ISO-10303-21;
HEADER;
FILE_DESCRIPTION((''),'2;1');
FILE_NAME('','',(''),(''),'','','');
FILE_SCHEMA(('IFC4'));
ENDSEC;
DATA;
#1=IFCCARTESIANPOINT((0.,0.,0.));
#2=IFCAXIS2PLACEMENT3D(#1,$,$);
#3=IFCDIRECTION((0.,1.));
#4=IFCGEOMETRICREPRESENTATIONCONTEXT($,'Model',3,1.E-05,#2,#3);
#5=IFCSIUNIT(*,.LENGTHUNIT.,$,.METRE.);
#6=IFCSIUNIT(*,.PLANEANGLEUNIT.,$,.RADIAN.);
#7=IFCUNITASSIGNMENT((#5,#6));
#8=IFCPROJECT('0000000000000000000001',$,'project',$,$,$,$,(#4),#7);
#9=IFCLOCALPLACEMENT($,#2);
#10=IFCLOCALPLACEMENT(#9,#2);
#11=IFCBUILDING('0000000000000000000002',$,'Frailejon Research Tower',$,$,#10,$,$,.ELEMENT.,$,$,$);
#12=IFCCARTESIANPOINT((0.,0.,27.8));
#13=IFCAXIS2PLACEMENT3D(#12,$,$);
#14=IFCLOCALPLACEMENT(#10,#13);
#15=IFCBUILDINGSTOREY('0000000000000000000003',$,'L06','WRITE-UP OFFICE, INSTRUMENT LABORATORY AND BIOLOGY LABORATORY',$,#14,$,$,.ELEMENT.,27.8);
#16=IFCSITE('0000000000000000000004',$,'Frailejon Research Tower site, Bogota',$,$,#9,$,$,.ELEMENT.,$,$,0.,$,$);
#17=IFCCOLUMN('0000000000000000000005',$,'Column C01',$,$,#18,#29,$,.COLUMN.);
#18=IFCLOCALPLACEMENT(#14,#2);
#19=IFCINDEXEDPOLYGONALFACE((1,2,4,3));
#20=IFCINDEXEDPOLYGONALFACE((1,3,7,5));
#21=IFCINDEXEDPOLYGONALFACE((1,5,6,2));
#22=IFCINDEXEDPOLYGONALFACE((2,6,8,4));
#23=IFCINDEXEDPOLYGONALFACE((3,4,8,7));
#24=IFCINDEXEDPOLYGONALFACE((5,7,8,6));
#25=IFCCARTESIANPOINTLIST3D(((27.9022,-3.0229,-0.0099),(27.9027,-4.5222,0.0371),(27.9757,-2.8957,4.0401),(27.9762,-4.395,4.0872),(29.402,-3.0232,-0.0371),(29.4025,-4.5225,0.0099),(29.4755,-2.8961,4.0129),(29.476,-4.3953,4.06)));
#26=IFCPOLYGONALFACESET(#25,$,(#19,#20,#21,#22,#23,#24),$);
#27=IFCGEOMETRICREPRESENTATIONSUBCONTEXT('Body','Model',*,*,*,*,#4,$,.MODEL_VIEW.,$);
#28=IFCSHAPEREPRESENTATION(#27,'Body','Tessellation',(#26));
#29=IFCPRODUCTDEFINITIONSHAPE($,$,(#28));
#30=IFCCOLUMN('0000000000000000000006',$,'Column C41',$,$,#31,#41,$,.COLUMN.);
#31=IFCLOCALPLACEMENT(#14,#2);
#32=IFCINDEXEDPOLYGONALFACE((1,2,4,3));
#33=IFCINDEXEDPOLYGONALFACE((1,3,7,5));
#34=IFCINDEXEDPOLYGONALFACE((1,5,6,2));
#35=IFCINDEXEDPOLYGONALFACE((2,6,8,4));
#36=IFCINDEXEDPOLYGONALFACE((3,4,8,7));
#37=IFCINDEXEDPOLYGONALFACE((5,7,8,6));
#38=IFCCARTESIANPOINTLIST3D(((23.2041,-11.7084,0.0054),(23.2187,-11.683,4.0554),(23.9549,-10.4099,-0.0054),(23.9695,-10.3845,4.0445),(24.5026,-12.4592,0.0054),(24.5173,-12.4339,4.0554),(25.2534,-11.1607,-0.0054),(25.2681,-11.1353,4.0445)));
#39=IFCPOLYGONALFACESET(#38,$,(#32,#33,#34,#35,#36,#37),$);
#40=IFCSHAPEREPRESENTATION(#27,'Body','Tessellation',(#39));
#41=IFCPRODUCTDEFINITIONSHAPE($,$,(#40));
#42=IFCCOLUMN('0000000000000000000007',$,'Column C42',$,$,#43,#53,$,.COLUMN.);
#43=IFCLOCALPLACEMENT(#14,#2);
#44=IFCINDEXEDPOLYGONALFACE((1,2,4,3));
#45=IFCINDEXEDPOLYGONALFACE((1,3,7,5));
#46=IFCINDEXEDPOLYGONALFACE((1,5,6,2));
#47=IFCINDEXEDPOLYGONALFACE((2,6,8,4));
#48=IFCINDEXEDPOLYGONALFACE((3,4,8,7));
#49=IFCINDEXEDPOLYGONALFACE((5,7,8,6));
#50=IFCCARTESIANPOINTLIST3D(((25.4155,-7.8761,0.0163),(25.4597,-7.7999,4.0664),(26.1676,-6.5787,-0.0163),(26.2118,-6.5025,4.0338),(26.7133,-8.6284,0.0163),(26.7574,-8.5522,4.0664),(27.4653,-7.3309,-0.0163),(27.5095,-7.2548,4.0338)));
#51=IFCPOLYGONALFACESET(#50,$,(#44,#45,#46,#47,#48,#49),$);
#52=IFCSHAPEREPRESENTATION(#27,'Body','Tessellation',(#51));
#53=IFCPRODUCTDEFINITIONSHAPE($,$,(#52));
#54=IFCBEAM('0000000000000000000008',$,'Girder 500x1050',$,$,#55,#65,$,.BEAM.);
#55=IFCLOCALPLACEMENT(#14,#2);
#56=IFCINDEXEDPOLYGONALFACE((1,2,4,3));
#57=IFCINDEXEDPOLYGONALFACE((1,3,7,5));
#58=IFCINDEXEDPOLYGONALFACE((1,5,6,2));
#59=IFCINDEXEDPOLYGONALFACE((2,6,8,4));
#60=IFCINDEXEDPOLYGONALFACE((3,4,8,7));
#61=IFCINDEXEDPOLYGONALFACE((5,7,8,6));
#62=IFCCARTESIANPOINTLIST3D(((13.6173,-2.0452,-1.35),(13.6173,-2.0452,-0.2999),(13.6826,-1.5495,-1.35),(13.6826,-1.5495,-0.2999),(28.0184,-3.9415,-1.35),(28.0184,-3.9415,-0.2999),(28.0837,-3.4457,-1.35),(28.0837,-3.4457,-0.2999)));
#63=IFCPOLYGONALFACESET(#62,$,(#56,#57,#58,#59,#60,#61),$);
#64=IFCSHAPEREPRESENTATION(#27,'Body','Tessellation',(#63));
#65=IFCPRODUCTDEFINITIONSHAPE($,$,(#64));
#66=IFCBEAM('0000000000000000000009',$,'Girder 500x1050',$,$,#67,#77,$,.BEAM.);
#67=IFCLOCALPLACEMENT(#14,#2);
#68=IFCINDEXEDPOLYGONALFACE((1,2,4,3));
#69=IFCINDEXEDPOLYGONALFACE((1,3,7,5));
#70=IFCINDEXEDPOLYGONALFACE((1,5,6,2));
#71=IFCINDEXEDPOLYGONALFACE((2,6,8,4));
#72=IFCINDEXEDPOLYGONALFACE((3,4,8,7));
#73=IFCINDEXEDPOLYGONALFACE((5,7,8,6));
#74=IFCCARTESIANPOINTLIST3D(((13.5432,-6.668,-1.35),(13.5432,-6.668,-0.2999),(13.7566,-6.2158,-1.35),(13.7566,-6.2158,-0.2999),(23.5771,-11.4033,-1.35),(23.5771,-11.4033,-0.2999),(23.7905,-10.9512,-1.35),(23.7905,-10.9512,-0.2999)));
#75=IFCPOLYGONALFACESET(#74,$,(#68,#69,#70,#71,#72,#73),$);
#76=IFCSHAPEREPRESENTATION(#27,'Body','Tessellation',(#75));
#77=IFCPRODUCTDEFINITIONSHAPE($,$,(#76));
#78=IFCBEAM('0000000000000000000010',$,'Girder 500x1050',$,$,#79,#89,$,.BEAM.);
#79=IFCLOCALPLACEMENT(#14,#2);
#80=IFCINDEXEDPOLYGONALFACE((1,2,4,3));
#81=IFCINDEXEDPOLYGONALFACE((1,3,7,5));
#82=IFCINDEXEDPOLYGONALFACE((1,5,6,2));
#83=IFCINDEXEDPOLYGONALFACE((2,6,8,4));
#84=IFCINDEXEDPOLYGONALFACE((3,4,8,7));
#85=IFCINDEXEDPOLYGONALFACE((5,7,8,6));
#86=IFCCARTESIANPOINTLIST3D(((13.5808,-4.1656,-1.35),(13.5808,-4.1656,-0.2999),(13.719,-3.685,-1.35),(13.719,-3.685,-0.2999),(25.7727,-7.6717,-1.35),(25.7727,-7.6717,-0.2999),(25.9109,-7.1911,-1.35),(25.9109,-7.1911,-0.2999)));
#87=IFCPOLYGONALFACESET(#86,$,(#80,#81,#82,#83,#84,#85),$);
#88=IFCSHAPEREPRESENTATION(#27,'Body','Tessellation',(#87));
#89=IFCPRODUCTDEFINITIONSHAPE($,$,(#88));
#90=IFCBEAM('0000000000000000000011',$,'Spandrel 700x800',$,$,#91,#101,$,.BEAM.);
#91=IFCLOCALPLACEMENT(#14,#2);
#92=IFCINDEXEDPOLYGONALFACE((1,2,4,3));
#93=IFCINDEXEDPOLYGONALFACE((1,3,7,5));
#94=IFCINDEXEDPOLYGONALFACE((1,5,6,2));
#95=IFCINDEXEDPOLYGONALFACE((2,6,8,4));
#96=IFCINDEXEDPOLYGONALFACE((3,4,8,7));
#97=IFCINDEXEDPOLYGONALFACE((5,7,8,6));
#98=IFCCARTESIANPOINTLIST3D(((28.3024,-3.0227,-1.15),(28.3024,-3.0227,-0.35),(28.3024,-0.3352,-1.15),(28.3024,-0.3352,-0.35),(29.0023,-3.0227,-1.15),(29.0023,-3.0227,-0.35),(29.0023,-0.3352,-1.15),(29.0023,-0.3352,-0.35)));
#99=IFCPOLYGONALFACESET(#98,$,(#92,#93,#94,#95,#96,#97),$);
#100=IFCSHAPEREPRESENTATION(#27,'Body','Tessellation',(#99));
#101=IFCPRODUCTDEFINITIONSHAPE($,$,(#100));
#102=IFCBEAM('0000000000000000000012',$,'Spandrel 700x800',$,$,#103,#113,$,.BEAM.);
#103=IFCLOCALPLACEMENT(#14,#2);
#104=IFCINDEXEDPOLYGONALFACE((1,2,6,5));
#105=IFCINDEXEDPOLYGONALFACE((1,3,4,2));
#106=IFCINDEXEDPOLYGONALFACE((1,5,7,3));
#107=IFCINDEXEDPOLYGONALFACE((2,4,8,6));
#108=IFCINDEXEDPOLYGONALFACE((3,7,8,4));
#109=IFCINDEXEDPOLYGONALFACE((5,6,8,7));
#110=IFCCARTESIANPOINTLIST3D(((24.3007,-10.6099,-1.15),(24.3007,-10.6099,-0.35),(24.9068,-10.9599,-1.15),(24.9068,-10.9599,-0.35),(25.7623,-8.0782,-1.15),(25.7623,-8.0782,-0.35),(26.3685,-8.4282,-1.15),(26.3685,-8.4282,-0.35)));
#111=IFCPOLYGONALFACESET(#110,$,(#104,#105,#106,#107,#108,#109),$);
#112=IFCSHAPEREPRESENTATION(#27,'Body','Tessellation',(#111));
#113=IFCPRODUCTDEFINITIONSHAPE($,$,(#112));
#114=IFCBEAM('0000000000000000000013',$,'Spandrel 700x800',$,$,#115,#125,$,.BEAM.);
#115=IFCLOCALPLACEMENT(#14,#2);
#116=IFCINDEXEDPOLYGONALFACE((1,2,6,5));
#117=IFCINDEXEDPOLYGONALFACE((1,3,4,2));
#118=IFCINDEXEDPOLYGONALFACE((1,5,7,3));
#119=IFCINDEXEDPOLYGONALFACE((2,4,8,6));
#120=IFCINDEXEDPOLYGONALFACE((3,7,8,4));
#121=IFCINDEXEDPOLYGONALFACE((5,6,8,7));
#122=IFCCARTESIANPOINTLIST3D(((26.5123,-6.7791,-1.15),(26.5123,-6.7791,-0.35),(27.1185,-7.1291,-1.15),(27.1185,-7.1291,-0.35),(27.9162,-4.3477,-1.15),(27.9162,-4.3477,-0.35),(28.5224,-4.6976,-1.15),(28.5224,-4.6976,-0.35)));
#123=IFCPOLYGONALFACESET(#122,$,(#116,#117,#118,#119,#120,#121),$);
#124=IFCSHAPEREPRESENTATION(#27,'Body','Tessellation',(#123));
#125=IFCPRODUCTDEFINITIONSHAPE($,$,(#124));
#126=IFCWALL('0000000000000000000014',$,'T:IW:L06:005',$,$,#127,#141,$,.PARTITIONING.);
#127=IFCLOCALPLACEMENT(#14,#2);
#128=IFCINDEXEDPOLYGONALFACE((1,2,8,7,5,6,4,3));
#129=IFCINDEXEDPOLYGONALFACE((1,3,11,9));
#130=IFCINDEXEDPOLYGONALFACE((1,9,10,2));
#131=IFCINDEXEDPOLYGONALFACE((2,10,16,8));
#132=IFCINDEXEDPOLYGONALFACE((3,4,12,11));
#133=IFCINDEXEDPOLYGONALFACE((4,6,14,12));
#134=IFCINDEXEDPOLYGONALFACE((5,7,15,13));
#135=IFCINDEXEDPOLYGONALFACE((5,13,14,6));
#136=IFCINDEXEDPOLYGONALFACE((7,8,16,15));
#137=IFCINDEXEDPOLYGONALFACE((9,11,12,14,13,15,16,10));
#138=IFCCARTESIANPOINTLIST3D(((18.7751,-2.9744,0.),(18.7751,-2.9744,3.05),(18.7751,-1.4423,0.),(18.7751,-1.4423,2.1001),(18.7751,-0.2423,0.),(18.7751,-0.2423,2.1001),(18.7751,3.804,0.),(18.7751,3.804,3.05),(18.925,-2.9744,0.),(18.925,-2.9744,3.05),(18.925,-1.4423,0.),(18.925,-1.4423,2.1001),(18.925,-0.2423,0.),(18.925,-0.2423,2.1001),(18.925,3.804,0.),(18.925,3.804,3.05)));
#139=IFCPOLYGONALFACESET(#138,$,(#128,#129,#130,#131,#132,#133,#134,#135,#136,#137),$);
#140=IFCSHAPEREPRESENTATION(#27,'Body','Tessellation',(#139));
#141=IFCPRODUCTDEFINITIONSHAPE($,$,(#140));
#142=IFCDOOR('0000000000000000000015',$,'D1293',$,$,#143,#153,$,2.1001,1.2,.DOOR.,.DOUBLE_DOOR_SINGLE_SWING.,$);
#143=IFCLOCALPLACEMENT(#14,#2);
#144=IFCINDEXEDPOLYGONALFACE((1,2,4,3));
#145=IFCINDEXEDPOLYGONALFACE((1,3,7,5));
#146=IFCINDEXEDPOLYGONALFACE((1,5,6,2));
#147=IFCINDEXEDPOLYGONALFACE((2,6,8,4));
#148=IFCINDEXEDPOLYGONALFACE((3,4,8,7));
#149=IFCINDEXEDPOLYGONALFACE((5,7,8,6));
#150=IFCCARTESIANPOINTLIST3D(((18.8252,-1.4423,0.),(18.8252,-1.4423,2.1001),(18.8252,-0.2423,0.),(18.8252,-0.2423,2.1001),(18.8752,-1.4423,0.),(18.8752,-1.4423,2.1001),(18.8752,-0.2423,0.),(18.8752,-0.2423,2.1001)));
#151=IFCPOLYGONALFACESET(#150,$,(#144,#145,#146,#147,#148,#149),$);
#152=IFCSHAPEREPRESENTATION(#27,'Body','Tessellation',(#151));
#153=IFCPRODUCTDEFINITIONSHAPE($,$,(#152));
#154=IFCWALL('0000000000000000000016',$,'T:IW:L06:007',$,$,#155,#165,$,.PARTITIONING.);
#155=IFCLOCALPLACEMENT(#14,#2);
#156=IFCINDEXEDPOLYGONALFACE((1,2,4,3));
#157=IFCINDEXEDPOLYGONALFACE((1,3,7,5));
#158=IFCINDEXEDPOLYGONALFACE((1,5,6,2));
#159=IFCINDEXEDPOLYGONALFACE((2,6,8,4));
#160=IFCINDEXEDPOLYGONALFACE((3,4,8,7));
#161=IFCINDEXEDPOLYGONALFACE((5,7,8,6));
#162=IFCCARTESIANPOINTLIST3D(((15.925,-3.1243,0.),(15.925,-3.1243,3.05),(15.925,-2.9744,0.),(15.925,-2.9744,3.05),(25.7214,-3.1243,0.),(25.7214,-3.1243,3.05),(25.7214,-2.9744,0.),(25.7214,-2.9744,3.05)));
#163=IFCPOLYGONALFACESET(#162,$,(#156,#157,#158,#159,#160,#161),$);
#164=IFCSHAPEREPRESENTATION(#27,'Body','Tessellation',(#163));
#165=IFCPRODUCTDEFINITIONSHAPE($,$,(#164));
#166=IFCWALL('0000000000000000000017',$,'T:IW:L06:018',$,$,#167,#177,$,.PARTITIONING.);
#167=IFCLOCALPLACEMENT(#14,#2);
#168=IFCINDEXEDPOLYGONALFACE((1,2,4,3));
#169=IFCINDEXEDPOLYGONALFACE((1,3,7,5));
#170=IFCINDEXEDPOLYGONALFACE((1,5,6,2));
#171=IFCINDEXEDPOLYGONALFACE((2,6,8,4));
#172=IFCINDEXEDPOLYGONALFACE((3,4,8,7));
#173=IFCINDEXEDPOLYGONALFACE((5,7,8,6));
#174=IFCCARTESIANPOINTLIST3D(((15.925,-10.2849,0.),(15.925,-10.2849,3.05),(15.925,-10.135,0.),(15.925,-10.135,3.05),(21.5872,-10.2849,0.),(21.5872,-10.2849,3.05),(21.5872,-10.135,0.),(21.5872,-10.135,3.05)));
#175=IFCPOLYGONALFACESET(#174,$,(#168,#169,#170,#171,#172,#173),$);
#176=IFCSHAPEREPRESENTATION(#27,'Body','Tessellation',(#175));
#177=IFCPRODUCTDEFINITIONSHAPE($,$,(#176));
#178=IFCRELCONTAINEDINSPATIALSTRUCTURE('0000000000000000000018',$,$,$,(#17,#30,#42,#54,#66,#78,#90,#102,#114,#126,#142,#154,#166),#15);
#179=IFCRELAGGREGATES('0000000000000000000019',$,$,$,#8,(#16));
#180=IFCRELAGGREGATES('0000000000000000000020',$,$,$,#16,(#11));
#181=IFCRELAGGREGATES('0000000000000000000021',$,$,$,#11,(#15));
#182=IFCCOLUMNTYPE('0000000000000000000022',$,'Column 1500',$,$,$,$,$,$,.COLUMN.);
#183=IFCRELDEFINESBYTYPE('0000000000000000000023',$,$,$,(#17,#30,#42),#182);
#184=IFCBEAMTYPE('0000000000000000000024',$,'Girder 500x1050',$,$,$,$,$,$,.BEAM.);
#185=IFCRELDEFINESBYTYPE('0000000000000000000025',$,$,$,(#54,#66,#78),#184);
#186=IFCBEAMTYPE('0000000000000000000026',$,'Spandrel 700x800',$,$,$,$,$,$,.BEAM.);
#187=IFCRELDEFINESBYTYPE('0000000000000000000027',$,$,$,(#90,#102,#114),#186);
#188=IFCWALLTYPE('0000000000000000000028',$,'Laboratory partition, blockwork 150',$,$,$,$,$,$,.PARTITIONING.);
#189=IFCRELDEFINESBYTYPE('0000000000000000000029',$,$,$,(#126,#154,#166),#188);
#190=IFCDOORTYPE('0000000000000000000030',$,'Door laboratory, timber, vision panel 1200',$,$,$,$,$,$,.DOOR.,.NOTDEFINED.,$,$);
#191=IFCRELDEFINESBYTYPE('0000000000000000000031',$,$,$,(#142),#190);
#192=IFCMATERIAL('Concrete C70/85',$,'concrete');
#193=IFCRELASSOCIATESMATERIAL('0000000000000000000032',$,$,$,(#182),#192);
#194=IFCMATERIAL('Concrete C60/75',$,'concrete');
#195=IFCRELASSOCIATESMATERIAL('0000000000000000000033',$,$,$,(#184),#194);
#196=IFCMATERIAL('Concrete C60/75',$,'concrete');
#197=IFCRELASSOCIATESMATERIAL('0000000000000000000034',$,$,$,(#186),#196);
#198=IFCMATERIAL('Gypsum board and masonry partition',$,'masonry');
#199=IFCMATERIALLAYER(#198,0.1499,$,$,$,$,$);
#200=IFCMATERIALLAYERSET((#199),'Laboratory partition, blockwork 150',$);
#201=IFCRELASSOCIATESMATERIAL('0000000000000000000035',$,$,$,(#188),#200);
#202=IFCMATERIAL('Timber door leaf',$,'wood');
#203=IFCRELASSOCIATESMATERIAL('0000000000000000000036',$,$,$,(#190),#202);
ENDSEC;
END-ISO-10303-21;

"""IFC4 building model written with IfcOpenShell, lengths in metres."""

from ifc_helpers import new_model, si_unit, direction, frame, frame_2d, origin, origin_2d, place, context, subcontext, project, spatial, rectangle, extrude, material, layer, layer_set, material_profile, profile_set, type_object, element, fill, save


model = new_model("IFC4")

# Units and contexts
model_context = context("Model", 3, precision=1e-05, world=origin(), true_north=direction((0.0, 1.0)))
body_context = subcontext(model_context, "Body", "Model", "MODEL_VIEW")
ifc_project = project(units=[si_unit("LENGTHUNIT", "METRE"), si_unit("PLANEANGLEUNIT", "RADIAN")], contexts=[model_context])

# Site, building, storey
site_placement = place(None, origin())
site = spatial("IfcSite", under=ifc_project, at=site_placement, Name="Frailejon Research Tower site, Bogota", CompositionType="ELEMENT", RefElevation=0.0)
building_placement = place(site_placement, origin())
building = spatial("IfcBuilding", under=site, at=building_placement, Name="Frailejon Research Tower", CompositionType="ELEMENT")
storey_placement = place(building_placement, frame((0.0, 0.0, 27.8)))
storey = spatial("IfcBuildingStorey", under=building, at=storey_placement, Name="L06", Description="WRITE-UP OFFICE, INSTRUMENT LABORATORY AND BIOLOGY LABORATORY", CompositionType="ELEMENT", Elevation=27.8)

# Columns
ifc_material_1 = material(Name="Concrete C70/85", Category="concrete")
ifc_material_profile_1 = material_profile(ifc_material_1, rectangle(XDim=1.5, YDim=1.5, at=origin_2d()), Name="Column 1500")
ifc_profile_set_1 = profile_set([ifc_material_profile_1], Name="Concrete C70/85")
column_type = type_object("IfcColumnType", Name="Column 1500", PredefinedType="COLUMN", material=ifc_profile_set_1)
column_1_placement = place(storey_placement, frame((28.6523, -3.7727, 0.0), z_axis=(0.018133, 0.031386, 0.999343), x_axis=(-0.000336, 0.999507, -0.031385)))
element("IfcColumn", 1, at=column_1_placement, inside=storey, type_object=column_type, Name="Column C01", PredefinedType="COLUMN", context=body_context, shape_type="SweptSolid", body=[
    extrude(rectangle(XDim=1.5, YDim=1.5, at=origin_2d()), origin(), (0.0, 0.0, 1.0), 4.0527),
])
column_2_placement = place(storey_placement, frame((24.2288, -11.4346, 0.0), z_axis=(0.003617, 0.006269, 0.999974), x_axis=(0.50053, 0.865689, -0.007238)))
element("IfcColumn", 2, at=column_2_placement, inside=storey, type_object=column_type, Name="Column C41", PredefinedType="COLUMN", context=body_context, shape_type="SweptSolid", body=[
    extrude(rectangle(XDim=1.5, YDim=1.5, at=origin_2d()), origin(), (0.0, 0.0, 1.0), 4.05),
])
column_3_placement = place(storey_placement, frame((26.4404, -7.6035, 0.0), z_axis=(0.010908, 0.018803, 0.999764), x_axis=(0.501388, 0.864949, -0.021738)))
element("IfcColumn", 3, at=column_3_placement, inside=storey, type_object=column_type, Name="Column C42", PredefinedType="COLUMN", context=body_context, shape_type="SweptSolid", body=[
    extrude(rectangle(XDim=1.5, YDim=1.5, at=origin_2d()), origin(), (0.0, 0.0, 1.0), 4.051),
])

# Beams
ifc_material_2 = material(Name="Concrete C60/75", Category="concrete")
ifc_material_profile_2 = material_profile(ifc_material_2, rectangle(XDim=0.5, YDim=1.05, at=origin_2d()), Name="Girder 500x1050")
ifc_profile_set_2 = profile_set([ifc_material_profile_2], Name="Concrete C60/75")
beam_type_1 = type_object("IfcBeamType", Name="Girder 500x1050", PredefinedType="BEAM", material=ifc_profile_set_2)
beam_1_placement = place(storey_placement, frame((28.051, -3.6936, -0.825), z_axis=(-0.991442, 0.130546, 0.0), x_axis=(-0.130546, -0.991442, 0.0)))
element("IfcBeam", 4, at=beam_1_placement, inside=storey, type_object=beam_type_1, Name="Girder 500x1050", PredefinedType="BEAM", context=body_context, shape_type="SweptSolid", body=[
    extrude(rectangle(XDim=0.5, YDim=1.05, at=origin_2d()), origin(), (0.0, 0.0, 1.0), 14.5254),
])
beam_2_placement = place(storey_placement, frame((23.6838, -11.1772, -0.825), z_axis=(-0.904349, 0.426793, 0.0), x_axis=(-0.426793, -0.904349, 0.0)))
element("IfcBeam", 5, at=beam_2_placement, inside=storey, type_object=beam_type_1, Name="Girder 500x1050", PredefinedType="BEAM", context=body_context, shape_type="SweptSolid", body=[
    extrude(rectangle(XDim=0.5, YDim=1.05, at=origin_2d()), origin(), (0.0, 0.0, 1.0), 11.0952),
])
beam_3_placement = place(storey_placement, frame((25.8418, -7.4314, -0.825), z_axis=(-0.96105, 0.276375, 0.0), x_axis=(-0.276375, -0.96105, 0.0)))
element("IfcBeam", 6, at=beam_3_placement, inside=storey, type_object=beam_type_1, Name="Girder 500x1050", PredefinedType="BEAM", context=body_context, shape_type="SweptSolid", body=[
    extrude(rectangle(XDim=0.5, YDim=1.05, at=origin_2d()), origin(), (0.0, 0.0, 1.0), 12.686),
])
ifc_material_3 = material(Name="Concrete C60/75", Category="concrete")
ifc_material_profile_3 = material_profile(ifc_material_3, rectangle(XDim=0.7, YDim=0.8, at=origin_2d()), Name="Spandrel 700x800")
ifc_profile_set_3 = profile_set([ifc_material_profile_3], Name="Concrete C60/75")
beam_type_2 = type_object("IfcBeamType", Name="Spandrel 700x800", PredefinedType="BEAM", material=ifc_profile_set_3)
beam_4_placement = place(storey_placement, frame((28.6523, -3.0227, -0.75), z_axis=(0.0, 1.0, 0.0), x_axis=(-1.0, 0.0, 0.0)))
element("IfcBeam", 7, at=beam_4_placement, inside=storey, type_object=beam_type_2, Name="Spandrel 700x800", PredefinedType="BEAM", context=body_context, shape_type="SweptSolid", body=[
    extrude(rectangle(XDim=0.7, YDim=0.8, at=origin_2d()), origin(), (0.0, 0.0, 1.0), 2.6875),
])
beam_5_placement = place(storey_placement, frame((24.6038, -10.7849, -0.75), z_axis=(0.499992, 0.86603, 0.0), x_axis=(-0.86603, 0.499992, 0.0)))
element("IfcBeam", 8, at=beam_5_placement, inside=storey, type_object=beam_type_2, Name="Spandrel 700x800", PredefinedType="BEAM", context=body_context, shape_type="SweptSolid", body=[
    extrude(rectangle(XDim=0.7, YDim=0.8, at=origin_2d()), origin(), (0.0, 0.0, 1.0), 2.9233),
])
beam_6_placement = place(storey_placement, frame((26.8154, -6.9541, -0.75), z_axis=(0.500011, 0.866019, 0.0), x_axis=(-0.866019, 0.500011, 0.0)))
element("IfcBeam", 9, at=beam_6_placement, inside=storey, type_object=beam_type_2, Name="Spandrel 700x800", PredefinedType="BEAM", context=body_context, shape_type="SweptSolid", body=[
    extrude(rectangle(XDim=0.7, YDim=0.8, at=origin_2d()), origin(), (0.0, 0.0, 1.0), 2.8076),
])

# Wall, opening, door
ifc_material_4 = material(Name="Gypsum board and masonry partition", Category="masonry")
ifc_layer_1 = layer(ifc_material_4, 0.1499)
ifc_layer_set_1 = layer_set([ifc_layer_1], Name="Laboratory partition, blockwork 150")
wall_type_1 = type_object("IfcWallType", Name="Laboratory partition, blockwork 150", PredefinedType="PARTITIONING", material=ifc_layer_set_1)
wall_1_placement = place(storey_placement, frame((18.8501, -2.9744, 0.0), z_axis=(0.0, 0.0, 1.0), x_axis=(0.0, 1.0, 0.0)))
wall_1 = element("IfcWall", 10, at=wall_1_placement, inside=storey, type_object=wall_type_1, Name="T:IW:L06:005", PredefinedType="PARTITIONING", context=body_context, shape_type="SweptSolid", body=[
    extrude(rectangle(XDim=6.7783, YDim=0.1499, at=frame_2d((3.3892, 0.0))), origin(), (0.0, 0.0, 1.0), 3.05),
])
opening_1_placement = place(wall_1_placement, frame((1.532, 0.0, 0.0)))
opening_1 = element("IfcOpeningElement", 11, at=opening_1_placement, cuts=wall_1, PredefinedType="OPENING", context=body_context, shape_type="SweptSolid", body=[
    extrude(rectangle(XDim=1.2, YDim=2.1001, at=frame_2d((0.6001, 1.05))), frame((0.0, 0.085, 0.0), z_axis=(0.0, -1.0, 0.0), x_axis=(1.0, 0.0, 0.0)), (0.0, 0.0, 1.0), 0.1699),
])
ifc_material_5 = material(Name="Timber door leaf", Category="wood")
door_type = type_object("IfcDoorType", Name="Door laboratory, timber, vision panel 1200", OperationType="NOTDEFINED", PredefinedType="DOOR", material=ifc_material_5)
door_placement = place(opening_1_placement, origin())
door = element("IfcDoor", 12, at=door_placement, inside=storey, type_object=door_type, Name="D1293", OperationType="DOUBLE_DOOR_SINGLE_SWING", OverallHeight=2.1001, OverallWidth=1.2, PredefinedType="DOOR", context=body_context, shape_type="SweptSolid", body=[
    extrude(rectangle(XDim=1.2, YDim=2.1001, at=frame_2d((0.6001, 1.05))), frame((0.0, 0.0249, 0.0), z_axis=(0.0, -1.0, 0.0), x_axis=(1.0, 0.0, 0.0)), (0.0, 0.0, 1.0), 0.05),
])
fill(opening_1, door)

# Walls
wall_2_placement = place(storey_placement, frame((15.925, -3.0493, 0.0), z_axis=(0.0, 0.0, 1.0), x_axis=(1.0, 0.0, 0.0)))
element("IfcWall", 13, at=wall_2_placement, inside=storey, type_object=wall_type_1, Name="T:IW:L06:007", PredefinedType="PARTITIONING", context=body_context, shape_type="SweptSolid", body=[
    extrude(rectangle(XDim=9.7964, YDim=0.1499, at=frame_2d((4.8982, 0.0))), origin(), (0.0, 0.0, 1.0), 3.05),
])
wall_3_placement = place(storey_placement, frame((15.925, -10.21, 0.0), z_axis=(0.0, 0.0, 1.0), x_axis=(1.0, 0.0, 0.0)))
element("IfcWall", 14, at=wall_3_placement, inside=storey, type_object=wall_type_1, Name="T:IW:L06:018", PredefinedType="PARTITIONING", context=body_context, shape_type="SweptSolid", body=[
    extrude(rectangle(XDim=5.6621, YDim=0.1499, at=frame_2d((2.8311, 0.0))), origin(), (0.0, 0.0, 1.0), 3.05),
])

save(model, "model.ifc")
